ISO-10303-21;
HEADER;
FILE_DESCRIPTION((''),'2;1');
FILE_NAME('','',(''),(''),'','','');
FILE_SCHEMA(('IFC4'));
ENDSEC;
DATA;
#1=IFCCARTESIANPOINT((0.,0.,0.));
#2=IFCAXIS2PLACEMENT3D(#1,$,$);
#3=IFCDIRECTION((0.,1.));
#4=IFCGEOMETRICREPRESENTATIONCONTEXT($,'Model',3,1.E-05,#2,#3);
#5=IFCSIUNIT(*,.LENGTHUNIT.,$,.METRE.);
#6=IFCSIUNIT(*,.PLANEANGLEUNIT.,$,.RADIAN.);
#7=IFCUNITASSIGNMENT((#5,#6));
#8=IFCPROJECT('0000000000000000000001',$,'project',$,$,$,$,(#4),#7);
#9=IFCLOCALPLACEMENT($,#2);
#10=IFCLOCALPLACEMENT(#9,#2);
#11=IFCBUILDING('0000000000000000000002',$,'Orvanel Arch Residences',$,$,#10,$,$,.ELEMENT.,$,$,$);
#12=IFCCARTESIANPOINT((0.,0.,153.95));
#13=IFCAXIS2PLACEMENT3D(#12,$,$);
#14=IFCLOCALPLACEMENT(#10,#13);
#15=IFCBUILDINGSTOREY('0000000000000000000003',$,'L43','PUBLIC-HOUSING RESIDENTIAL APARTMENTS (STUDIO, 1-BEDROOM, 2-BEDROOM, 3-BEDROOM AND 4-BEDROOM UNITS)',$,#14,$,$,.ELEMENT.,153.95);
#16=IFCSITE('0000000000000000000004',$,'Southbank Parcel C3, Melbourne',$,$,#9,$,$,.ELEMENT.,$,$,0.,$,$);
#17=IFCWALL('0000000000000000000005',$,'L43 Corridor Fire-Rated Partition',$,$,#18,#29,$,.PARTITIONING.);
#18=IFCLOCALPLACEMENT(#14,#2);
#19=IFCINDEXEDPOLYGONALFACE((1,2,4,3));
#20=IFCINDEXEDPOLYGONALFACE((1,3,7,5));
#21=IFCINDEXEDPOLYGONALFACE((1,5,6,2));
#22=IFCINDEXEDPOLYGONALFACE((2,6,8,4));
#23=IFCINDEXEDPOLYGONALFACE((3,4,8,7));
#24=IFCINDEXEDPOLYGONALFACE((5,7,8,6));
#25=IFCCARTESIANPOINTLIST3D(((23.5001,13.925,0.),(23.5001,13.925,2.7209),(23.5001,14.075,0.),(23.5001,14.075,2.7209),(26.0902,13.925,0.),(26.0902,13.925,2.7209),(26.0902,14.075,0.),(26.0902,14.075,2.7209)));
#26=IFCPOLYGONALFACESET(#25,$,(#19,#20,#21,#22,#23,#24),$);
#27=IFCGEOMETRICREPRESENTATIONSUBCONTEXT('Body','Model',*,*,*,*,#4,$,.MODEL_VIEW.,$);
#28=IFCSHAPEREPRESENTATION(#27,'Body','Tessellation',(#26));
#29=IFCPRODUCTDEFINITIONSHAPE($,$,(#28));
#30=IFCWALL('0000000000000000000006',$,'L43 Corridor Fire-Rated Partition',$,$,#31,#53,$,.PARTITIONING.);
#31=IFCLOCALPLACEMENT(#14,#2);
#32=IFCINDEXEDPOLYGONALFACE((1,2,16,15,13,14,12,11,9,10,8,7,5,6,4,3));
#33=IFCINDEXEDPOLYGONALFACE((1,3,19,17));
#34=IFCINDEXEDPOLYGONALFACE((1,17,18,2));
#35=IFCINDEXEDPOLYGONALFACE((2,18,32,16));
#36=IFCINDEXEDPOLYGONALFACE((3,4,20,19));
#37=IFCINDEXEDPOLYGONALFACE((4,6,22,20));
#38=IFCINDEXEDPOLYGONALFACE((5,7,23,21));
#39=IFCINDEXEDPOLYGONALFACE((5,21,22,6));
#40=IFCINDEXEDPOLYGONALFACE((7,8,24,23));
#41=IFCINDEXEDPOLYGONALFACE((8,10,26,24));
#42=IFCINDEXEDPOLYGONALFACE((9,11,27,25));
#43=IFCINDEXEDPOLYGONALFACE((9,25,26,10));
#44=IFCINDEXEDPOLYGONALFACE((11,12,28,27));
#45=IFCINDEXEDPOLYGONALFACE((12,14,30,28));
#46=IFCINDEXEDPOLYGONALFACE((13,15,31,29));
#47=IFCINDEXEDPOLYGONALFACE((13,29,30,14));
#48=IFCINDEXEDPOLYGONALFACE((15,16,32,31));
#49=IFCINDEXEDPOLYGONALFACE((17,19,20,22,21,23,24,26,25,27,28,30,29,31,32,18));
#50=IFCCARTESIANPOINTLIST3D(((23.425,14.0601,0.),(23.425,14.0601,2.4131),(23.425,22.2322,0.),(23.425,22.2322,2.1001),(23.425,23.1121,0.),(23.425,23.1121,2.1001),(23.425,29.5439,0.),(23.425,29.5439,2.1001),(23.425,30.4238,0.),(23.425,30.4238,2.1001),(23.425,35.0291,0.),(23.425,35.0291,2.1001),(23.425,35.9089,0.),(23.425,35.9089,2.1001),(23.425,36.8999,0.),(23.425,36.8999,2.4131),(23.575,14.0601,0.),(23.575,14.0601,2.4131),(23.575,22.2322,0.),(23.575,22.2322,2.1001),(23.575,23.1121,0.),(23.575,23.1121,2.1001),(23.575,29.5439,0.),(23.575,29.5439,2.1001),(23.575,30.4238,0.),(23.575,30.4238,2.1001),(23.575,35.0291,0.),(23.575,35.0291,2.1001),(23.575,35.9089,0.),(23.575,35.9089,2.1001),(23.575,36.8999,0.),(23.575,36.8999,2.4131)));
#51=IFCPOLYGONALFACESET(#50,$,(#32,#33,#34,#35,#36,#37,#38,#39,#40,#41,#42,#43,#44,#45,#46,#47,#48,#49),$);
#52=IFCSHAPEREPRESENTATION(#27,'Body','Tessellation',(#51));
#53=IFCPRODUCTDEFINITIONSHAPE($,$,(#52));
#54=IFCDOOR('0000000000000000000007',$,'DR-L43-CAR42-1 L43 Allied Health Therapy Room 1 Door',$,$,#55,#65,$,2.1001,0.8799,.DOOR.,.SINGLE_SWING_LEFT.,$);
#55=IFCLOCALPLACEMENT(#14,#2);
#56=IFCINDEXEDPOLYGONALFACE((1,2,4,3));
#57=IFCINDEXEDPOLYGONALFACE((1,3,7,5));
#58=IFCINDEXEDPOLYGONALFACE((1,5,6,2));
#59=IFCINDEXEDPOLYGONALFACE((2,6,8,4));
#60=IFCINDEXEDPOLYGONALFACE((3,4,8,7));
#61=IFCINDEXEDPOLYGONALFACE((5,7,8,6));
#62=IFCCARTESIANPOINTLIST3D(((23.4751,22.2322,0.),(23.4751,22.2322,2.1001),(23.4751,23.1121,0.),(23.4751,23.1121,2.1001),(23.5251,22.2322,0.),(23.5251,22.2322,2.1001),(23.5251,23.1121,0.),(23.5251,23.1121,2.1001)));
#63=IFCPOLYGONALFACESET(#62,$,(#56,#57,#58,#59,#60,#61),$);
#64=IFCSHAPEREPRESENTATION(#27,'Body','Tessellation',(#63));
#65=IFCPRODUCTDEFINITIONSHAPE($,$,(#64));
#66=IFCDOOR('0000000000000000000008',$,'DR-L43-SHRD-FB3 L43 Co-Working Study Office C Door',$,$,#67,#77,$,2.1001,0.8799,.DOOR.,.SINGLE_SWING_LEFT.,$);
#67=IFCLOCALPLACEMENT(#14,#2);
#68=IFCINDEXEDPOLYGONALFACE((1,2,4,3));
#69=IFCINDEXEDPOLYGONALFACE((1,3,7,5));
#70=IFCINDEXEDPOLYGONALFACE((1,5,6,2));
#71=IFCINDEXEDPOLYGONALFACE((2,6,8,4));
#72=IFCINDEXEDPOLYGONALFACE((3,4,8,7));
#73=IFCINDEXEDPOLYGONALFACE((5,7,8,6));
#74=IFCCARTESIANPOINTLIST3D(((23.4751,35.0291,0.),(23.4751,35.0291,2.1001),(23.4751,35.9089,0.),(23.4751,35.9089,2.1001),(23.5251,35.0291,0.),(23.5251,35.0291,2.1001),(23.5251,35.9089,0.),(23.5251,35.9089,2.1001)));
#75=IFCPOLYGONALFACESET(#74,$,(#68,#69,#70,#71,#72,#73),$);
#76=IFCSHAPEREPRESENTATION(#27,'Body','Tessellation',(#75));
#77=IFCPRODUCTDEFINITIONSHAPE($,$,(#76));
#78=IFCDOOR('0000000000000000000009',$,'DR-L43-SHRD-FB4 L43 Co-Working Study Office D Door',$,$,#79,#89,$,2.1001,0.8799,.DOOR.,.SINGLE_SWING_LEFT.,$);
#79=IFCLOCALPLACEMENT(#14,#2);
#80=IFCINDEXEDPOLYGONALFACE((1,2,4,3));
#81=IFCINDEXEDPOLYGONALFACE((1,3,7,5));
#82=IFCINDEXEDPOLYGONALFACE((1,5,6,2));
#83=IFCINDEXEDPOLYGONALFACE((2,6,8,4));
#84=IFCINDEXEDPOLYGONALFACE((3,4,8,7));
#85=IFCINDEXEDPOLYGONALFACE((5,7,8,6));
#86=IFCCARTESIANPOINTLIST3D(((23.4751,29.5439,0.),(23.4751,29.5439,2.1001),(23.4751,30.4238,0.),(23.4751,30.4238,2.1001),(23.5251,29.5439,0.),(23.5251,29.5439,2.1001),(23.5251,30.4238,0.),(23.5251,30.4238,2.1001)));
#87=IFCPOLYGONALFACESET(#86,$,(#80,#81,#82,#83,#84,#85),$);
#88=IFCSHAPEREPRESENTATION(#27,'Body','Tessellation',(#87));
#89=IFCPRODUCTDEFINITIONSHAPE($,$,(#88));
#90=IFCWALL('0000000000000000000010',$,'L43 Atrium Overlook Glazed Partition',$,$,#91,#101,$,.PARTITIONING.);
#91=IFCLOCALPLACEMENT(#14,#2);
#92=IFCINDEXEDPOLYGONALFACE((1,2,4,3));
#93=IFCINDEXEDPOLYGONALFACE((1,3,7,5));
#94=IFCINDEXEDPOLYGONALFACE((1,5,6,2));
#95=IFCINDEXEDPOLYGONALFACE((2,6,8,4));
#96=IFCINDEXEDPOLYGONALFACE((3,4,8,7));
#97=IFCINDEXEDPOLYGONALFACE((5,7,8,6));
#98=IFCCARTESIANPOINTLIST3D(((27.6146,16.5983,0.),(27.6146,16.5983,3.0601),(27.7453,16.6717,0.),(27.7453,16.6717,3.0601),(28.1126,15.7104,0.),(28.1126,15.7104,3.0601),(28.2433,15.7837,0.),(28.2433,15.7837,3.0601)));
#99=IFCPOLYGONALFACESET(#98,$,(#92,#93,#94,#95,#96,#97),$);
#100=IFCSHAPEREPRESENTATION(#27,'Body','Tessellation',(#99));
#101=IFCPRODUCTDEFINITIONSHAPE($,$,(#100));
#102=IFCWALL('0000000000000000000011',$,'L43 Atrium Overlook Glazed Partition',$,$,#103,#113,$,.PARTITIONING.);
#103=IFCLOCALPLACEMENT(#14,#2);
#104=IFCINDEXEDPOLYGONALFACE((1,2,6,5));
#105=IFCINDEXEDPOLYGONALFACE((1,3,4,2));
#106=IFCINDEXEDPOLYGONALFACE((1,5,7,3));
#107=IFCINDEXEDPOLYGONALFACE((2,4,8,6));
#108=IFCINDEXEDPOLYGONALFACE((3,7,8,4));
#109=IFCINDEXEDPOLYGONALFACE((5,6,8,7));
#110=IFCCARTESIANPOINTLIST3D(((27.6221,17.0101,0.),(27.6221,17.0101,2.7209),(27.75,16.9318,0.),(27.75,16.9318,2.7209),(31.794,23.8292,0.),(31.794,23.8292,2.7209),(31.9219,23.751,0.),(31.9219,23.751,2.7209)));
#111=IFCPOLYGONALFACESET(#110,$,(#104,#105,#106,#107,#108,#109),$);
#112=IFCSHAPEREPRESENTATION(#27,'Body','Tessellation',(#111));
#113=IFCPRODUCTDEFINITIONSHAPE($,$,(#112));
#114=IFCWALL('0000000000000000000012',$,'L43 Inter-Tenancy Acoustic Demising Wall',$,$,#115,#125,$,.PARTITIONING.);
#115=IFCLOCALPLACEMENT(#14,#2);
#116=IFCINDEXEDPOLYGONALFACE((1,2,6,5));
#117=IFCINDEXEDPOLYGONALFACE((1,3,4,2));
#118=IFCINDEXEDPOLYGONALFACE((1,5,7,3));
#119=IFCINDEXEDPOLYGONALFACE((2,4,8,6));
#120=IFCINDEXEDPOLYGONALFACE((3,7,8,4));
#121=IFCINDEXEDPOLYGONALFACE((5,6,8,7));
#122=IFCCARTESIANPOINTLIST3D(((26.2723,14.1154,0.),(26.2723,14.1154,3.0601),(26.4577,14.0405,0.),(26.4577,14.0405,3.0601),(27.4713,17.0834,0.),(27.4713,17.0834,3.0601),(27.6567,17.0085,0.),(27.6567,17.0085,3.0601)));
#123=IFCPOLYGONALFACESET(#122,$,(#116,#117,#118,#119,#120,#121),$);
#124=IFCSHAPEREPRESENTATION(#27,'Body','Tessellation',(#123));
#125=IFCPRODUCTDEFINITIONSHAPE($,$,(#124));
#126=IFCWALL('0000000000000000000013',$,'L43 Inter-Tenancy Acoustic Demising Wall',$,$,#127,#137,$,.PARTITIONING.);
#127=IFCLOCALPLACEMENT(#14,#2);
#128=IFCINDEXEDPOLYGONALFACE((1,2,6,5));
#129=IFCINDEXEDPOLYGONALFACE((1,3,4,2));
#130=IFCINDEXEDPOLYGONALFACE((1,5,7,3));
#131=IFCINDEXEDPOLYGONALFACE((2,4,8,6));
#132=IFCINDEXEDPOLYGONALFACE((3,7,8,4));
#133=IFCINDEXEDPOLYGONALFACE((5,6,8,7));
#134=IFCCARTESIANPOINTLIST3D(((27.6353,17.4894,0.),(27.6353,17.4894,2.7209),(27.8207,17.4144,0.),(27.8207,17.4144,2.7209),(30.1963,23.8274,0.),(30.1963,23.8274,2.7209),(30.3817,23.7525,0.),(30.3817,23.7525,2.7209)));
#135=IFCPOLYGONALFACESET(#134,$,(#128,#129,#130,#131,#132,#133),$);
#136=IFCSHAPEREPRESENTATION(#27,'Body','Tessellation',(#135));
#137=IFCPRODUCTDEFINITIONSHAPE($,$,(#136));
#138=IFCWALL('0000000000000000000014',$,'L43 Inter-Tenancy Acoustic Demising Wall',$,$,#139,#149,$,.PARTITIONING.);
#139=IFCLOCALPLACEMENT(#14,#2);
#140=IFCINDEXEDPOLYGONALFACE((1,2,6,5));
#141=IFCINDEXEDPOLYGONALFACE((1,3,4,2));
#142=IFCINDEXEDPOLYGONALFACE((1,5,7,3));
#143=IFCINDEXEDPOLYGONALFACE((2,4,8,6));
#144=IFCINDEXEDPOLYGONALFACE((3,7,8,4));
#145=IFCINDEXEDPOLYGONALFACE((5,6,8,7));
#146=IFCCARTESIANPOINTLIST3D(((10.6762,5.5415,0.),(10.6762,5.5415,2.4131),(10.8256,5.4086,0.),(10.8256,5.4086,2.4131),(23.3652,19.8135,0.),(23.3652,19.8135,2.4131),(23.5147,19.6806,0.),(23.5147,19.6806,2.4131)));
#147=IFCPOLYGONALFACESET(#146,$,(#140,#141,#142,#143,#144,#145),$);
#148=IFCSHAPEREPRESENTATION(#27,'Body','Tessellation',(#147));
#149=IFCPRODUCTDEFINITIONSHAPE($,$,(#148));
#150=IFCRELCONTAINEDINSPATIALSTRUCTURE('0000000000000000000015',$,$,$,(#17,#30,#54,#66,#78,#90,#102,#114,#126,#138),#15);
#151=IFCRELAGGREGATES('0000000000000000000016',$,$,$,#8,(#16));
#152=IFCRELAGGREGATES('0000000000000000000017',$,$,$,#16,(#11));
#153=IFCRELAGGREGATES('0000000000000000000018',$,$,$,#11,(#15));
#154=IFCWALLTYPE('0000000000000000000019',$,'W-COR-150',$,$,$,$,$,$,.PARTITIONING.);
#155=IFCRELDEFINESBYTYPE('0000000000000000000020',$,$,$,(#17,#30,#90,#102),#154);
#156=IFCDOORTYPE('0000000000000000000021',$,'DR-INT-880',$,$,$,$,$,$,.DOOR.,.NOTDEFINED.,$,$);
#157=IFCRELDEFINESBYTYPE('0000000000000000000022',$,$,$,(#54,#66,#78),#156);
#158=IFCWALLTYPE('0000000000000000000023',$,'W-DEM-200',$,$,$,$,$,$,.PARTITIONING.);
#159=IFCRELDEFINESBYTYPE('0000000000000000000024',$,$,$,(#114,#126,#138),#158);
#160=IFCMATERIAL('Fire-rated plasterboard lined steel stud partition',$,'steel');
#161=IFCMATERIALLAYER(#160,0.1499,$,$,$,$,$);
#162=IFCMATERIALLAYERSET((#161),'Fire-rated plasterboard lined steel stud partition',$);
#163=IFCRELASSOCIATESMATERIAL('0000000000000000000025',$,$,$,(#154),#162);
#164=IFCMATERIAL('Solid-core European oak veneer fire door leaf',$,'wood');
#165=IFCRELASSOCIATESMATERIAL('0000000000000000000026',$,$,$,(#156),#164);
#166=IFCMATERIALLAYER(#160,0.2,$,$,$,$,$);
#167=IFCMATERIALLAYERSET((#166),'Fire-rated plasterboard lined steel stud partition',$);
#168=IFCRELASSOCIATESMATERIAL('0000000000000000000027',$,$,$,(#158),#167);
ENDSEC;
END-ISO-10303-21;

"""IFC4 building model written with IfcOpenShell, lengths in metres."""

from ifc_helpers import new_model, si_unit, direction, frame, frame_2d, origin, place, context, subcontext, project, spatial, rectangle, extrude, material, layer, layer_set, type_object, element, fill, save


model = new_model("IFC4")

# Units and contexts
model_context = context("Model", 3, precision=1e-05, world=origin(), true_north=direction((0.0, 1.0)))
body_context = subcontext(model_context, "Body", "Model", "MODEL_VIEW")
ifc_project = project(units=[si_unit("LENGTHUNIT", "METRE"), si_unit("PLANEANGLEUNIT", "RADIAN")], contexts=[model_context])

# Site, building, storey
site_placement = place(None, origin())
site = spatial("IfcSite", under=ifc_project, at=site_placement, Name="Southbank Parcel C3, Melbourne", CompositionType="ELEMENT", RefElevation=0.0)
building_placement = place(site_placement, origin())
building = spatial("IfcBuilding", under=site, at=building_placement, Name="Orvanel Arch Residences", CompositionType="ELEMENT")
storey_placement = place(building_placement, frame((0.0, 0.0, 153.95)))
storey = spatial("IfcBuildingStorey", under=building, at=storey_placement, Name="L43", Description="PUBLIC-HOUSING RESIDENTIAL APARTMENTS (STUDIO, 1-BEDROOM, 2-BEDROOM, 3-BEDROOM AND 4-BEDROOM UNITS)", CompositionType="ELEMENT", Elevation=153.95)

# Wall
ifc_material_1 = material(Name="Fire-rated plasterboard lined steel stud partition", Category="steel")
ifc_layer_1 = layer(ifc_material_1, 0.1499)
ifc_layer_set_1 = layer_set([ifc_layer_1], Name="Fire-rated plasterboard lined steel stud partition")
wall_type_1 = type_object("IfcWallType", Name="W-COR-150", PredefinedType="PARTITIONING", material=ifc_layer_set_1)
wall_1_placement = place(storey_placement, frame((26.0901, 14.0, 0.0), z_axis=(0.0, 0.0, 1.0), x_axis=(-1.0, 0.0, 0.0)))
element("IfcWall", 1, at=wall_1_placement, inside=storey, type_object=wall_type_1, Name="L43 Corridor Fire-Rated Partition", PredefinedType="PARTITIONING", context=body_context, shape_type="SweptSolid", body=[
    extrude(rectangle(XDim=2.5901, YDim=0.1499, at=frame_2d((1.2949, 0.0))), origin(), (0.0, 0.0, 1.0), 2.7209),
])

# Wall, openings, doors
wall_2_placement = place(storey_placement, frame((23.5, 14.0601, 0.0), z_axis=(0.0, 0.0, 1.0), x_axis=(0.0, 1.0, 0.0)))
wall_2 = element("IfcWall", 2, at=wall_2_placement, inside=storey, type_object=wall_type_1, Name="L43 Corridor Fire-Rated Partition", PredefinedType="PARTITIONING", context=body_context, shape_type="SweptSolid", body=[
    extrude(rectangle(XDim=22.8398, YDim=0.1499, at=frame_2d((11.4199, 0.0))), origin(), (0.0, 0.0, 1.0), 2.4131),
])
opening_1_placement = place(wall_2_placement, frame((8.1721, 0.0, 0.0)))
opening_1 = element("IfcOpeningElement", 3, at=opening_1_placement, cuts=wall_2, PredefinedType="OPENING", context=body_context, shape_type="SweptSolid", body=[
    extrude(rectangle(XDim=0.8799, YDim=2.1001, at=frame_2d((0.4399, 1.05))), frame((0.0, 0.085, 0.0), z_axis=(0.0, -1.0, 0.0), x_axis=(1.0, 0.0, 0.0)), (0.0, 0.0, 1.0), 0.1699),
])
opening_2_placement = place(wall_2_placement, frame((20.969, 0.0, 0.0)))
opening_2 = element("IfcOpeningElement", 4, at=opening_2_placement, cuts=wall_2, PredefinedType="OPENING", context=body_context, shape_type="SweptSolid", body=[
    extrude(rectangle(XDim=0.8799, YDim=2.1001, at=frame_2d((0.4399, 1.05))), frame((0.0, 0.085, 0.0), z_axis=(0.0, -1.0, 0.0), x_axis=(1.0, 0.0, 0.0)), (0.0, 0.0, 1.0), 0.1699),
])
opening_3_placement = place(wall_2_placement, frame((15.4839, 0.0, 0.0)))
opening_3 = element("IfcOpeningElement", 5, at=opening_3_placement, cuts=wall_2, PredefinedType="OPENING", context=body_context, shape_type="SweptSolid", body=[
    extrude(rectangle(XDim=0.8799, YDim=2.1001, at=frame_2d((0.4399, 1.05))), frame((0.0, 0.085, 0.0), z_axis=(0.0, -1.0, 0.0), x_axis=(1.0, 0.0, 0.0)), (0.0, 0.0, 1.0), 0.1699),
])
ifc_material_2 = material(Name="Solid-core European oak veneer fire door leaf", Category="wood")
door_type_1 = type_object("IfcDoorType", Name="DR-INT-880", OperationType="NOTDEFINED", PredefinedType="DOOR", material=ifc_material_2)
door_1_placement = place(opening_1_placement, origin())
door_1 = element("IfcDoor", 6, at=door_1_placement, inside=storey, type_object=door_type_1, Name="DR-L43-CAR42-1 L43 Allied Health Therapy Room 1 Door", OperationType="SINGLE_SWING_LEFT", OverallHeight=2.1001, OverallWidth=0.8799, PredefinedType="DOOR", context=body_context, shape_type="SweptSolid", body=[
    extrude(rectangle(XDim=0.8799, YDim=2.1001, at=frame_2d((0.4399, 1.05))), frame((0.0, 0.0249, 0.0), z_axis=(0.0, -1.0, 0.0), x_axis=(1.0, 0.0, 0.0)), (0.0, 0.0, 1.0), 0.05),
])
fill(opening_1, door_1)
door_2_placement = place(opening_2_placement, origin())
door_2 = element("IfcDoor", 7, at=door_2_placement, inside=storey, type_object=door_type_1, Name="DR-L43-SHRD-FB3 L43 Co-Working Study Office C Door", OperationType="SINGLE_SWING_LEFT", OverallHeight=2.1001, OverallWidth=0.8799, PredefinedType="DOOR", context=body_context, shape_type="SweptSolid", body=[
    extrude(rectangle(XDim=0.8799, YDim=2.1001, at=frame_2d((0.4399, 1.05))), frame((0.0, 0.0249, 0.0), z_axis=(0.0, -1.0, 0.0), x_axis=(1.0, 0.0, 0.0)), (0.0, 0.0, 1.0), 0.05),
])
fill(opening_2, door_2)
door_3_placement = place(opening_3_placement, origin())
door_3 = element("IfcDoor", 8, at=door_3_placement, inside=storey, type_object=door_type_1, Name="DR-L43-SHRD-FB4 L43 Co-Working Study Office D Door", OperationType="SINGLE_SWING_LEFT", OverallHeight=2.1001, OverallWidth=0.8799, PredefinedType="DOOR", context=body_context, shape_type="SweptSolid", body=[
    extrude(rectangle(XDim=0.8799, YDim=2.1001, at=frame_2d((0.4399, 1.05))), frame((0.0, 0.0249, 0.0), z_axis=(0.0, -1.0, 0.0), x_axis=(1.0, 0.0, 0.0)), (0.0, 0.0, 1.0), 0.05),
])
fill(opening_3, door_3)

# Walls
wall_3_placement = place(storey_placement, frame((28.178, 15.7471, 0.0), z_axis=(0.0, 0.0, 1.0), x_axis=(-0.489202, 0.87217, 0.0)))
element("IfcWall", 9, at=wall_3_placement, inside=storey, type_object=wall_type_1, Name="L43 Atrium Overlook Glazed Partition", PredefinedType="PARTITIONING", context=body_context, shape_type="SweptSolid", body=[
    extrude(rectangle(XDim=1.0181, YDim=0.1499, at=frame_2d((0.509, 0.0))), origin(), (0.0, 0.0, 1.0), 3.0601),
])
wall_4_placement = place(storey_placement, frame((27.686, 16.9709, 0.0), z_axis=(0.0, 0.0, 1.0), x_axis=(0.521874, 0.853023, 0.0)))
element("IfcWall", 10, at=wall_4_placement, inside=storey, type_object=wall_type_1, Name="L43 Atrium Overlook Glazed Partition", PredefinedType="PARTITIONING", context=body_context, shape_type="SweptSolid", body=[
    extrude(rectangle(XDim=7.9941, YDim=0.1499, at=frame_2d((3.9971, 0.0))), origin(), (0.0, 0.0, 1.0), 2.7209),
])
ifc_layer_2 = layer(ifc_material_1, 0.2)
ifc_layer_set_2 = layer_set([ifc_layer_2], Name="Fire-rated plasterboard lined steel stud partition")
wall_type_2 = type_object("IfcWallType", Name="W-DEM-200", PredefinedType="PARTITIONING", material=ifc_layer_set_2)
wall_5_placement = place(storey_placement, frame((26.365, 14.0779, 0.0), z_axis=(0.0, 0.0, 1.0), x_axis=(0.374558, 0.927204, 0.0)))
element("IfcWall", 11, at=wall_5_placement, inside=storey, type_object=wall_type_2, Name="L43 Inter-Tenancy Acoustic Demising Wall", PredefinedType="PARTITIONING", context=body_context, shape_type="SweptSolid", body=[
    extrude(rectangle(XDim=3.2009, YDim=0.2, at=frame_2d((1.6006, 0.0))), origin(), (0.0, 0.0, 1.0), 3.0601),
])
wall_6_placement = place(storey_placement, frame((27.728, 17.4519, 0.0), z_axis=(0.0, 0.0, 1.0), x_axis=(0.37464, 0.927171, 0.0)))
element("IfcWall", 12, at=wall_6_placement, inside=storey, type_object=wall_type_2, Name="L43 Inter-Tenancy Acoustic Demising Wall", PredefinedType="PARTITIONING", context=body_context, shape_type="SweptSolid", body=[
    extrude(rectangle(XDim=6.8359, YDim=0.2, at=frame_2d((3.418, 0.0))), origin(), (0.0, 0.0, 1.0), 2.7209),
])
wall_7_placement = place(storey_placement, frame((23.4399, 19.7471, 0.0), z_axis=(0.0, 0.0, 1.0), x_axis=(-0.664445, -0.747337, 0.0)))
element("IfcWall", 13, at=wall_7_placement, inside=storey, type_object=wall_type_2, Name="L43 Inter-Tenancy Acoustic Demising Wall", PredefinedType="PARTITIONING", context=body_context, shape_type="SweptSolid", body=[
    extrude(rectangle(XDim=19.0972, YDim=0.2, at=frame_2d((9.5486, 0.0))), origin(), (0.0, 0.0, 1.0), 2.4131),
])

save(model, "model.ifc")
